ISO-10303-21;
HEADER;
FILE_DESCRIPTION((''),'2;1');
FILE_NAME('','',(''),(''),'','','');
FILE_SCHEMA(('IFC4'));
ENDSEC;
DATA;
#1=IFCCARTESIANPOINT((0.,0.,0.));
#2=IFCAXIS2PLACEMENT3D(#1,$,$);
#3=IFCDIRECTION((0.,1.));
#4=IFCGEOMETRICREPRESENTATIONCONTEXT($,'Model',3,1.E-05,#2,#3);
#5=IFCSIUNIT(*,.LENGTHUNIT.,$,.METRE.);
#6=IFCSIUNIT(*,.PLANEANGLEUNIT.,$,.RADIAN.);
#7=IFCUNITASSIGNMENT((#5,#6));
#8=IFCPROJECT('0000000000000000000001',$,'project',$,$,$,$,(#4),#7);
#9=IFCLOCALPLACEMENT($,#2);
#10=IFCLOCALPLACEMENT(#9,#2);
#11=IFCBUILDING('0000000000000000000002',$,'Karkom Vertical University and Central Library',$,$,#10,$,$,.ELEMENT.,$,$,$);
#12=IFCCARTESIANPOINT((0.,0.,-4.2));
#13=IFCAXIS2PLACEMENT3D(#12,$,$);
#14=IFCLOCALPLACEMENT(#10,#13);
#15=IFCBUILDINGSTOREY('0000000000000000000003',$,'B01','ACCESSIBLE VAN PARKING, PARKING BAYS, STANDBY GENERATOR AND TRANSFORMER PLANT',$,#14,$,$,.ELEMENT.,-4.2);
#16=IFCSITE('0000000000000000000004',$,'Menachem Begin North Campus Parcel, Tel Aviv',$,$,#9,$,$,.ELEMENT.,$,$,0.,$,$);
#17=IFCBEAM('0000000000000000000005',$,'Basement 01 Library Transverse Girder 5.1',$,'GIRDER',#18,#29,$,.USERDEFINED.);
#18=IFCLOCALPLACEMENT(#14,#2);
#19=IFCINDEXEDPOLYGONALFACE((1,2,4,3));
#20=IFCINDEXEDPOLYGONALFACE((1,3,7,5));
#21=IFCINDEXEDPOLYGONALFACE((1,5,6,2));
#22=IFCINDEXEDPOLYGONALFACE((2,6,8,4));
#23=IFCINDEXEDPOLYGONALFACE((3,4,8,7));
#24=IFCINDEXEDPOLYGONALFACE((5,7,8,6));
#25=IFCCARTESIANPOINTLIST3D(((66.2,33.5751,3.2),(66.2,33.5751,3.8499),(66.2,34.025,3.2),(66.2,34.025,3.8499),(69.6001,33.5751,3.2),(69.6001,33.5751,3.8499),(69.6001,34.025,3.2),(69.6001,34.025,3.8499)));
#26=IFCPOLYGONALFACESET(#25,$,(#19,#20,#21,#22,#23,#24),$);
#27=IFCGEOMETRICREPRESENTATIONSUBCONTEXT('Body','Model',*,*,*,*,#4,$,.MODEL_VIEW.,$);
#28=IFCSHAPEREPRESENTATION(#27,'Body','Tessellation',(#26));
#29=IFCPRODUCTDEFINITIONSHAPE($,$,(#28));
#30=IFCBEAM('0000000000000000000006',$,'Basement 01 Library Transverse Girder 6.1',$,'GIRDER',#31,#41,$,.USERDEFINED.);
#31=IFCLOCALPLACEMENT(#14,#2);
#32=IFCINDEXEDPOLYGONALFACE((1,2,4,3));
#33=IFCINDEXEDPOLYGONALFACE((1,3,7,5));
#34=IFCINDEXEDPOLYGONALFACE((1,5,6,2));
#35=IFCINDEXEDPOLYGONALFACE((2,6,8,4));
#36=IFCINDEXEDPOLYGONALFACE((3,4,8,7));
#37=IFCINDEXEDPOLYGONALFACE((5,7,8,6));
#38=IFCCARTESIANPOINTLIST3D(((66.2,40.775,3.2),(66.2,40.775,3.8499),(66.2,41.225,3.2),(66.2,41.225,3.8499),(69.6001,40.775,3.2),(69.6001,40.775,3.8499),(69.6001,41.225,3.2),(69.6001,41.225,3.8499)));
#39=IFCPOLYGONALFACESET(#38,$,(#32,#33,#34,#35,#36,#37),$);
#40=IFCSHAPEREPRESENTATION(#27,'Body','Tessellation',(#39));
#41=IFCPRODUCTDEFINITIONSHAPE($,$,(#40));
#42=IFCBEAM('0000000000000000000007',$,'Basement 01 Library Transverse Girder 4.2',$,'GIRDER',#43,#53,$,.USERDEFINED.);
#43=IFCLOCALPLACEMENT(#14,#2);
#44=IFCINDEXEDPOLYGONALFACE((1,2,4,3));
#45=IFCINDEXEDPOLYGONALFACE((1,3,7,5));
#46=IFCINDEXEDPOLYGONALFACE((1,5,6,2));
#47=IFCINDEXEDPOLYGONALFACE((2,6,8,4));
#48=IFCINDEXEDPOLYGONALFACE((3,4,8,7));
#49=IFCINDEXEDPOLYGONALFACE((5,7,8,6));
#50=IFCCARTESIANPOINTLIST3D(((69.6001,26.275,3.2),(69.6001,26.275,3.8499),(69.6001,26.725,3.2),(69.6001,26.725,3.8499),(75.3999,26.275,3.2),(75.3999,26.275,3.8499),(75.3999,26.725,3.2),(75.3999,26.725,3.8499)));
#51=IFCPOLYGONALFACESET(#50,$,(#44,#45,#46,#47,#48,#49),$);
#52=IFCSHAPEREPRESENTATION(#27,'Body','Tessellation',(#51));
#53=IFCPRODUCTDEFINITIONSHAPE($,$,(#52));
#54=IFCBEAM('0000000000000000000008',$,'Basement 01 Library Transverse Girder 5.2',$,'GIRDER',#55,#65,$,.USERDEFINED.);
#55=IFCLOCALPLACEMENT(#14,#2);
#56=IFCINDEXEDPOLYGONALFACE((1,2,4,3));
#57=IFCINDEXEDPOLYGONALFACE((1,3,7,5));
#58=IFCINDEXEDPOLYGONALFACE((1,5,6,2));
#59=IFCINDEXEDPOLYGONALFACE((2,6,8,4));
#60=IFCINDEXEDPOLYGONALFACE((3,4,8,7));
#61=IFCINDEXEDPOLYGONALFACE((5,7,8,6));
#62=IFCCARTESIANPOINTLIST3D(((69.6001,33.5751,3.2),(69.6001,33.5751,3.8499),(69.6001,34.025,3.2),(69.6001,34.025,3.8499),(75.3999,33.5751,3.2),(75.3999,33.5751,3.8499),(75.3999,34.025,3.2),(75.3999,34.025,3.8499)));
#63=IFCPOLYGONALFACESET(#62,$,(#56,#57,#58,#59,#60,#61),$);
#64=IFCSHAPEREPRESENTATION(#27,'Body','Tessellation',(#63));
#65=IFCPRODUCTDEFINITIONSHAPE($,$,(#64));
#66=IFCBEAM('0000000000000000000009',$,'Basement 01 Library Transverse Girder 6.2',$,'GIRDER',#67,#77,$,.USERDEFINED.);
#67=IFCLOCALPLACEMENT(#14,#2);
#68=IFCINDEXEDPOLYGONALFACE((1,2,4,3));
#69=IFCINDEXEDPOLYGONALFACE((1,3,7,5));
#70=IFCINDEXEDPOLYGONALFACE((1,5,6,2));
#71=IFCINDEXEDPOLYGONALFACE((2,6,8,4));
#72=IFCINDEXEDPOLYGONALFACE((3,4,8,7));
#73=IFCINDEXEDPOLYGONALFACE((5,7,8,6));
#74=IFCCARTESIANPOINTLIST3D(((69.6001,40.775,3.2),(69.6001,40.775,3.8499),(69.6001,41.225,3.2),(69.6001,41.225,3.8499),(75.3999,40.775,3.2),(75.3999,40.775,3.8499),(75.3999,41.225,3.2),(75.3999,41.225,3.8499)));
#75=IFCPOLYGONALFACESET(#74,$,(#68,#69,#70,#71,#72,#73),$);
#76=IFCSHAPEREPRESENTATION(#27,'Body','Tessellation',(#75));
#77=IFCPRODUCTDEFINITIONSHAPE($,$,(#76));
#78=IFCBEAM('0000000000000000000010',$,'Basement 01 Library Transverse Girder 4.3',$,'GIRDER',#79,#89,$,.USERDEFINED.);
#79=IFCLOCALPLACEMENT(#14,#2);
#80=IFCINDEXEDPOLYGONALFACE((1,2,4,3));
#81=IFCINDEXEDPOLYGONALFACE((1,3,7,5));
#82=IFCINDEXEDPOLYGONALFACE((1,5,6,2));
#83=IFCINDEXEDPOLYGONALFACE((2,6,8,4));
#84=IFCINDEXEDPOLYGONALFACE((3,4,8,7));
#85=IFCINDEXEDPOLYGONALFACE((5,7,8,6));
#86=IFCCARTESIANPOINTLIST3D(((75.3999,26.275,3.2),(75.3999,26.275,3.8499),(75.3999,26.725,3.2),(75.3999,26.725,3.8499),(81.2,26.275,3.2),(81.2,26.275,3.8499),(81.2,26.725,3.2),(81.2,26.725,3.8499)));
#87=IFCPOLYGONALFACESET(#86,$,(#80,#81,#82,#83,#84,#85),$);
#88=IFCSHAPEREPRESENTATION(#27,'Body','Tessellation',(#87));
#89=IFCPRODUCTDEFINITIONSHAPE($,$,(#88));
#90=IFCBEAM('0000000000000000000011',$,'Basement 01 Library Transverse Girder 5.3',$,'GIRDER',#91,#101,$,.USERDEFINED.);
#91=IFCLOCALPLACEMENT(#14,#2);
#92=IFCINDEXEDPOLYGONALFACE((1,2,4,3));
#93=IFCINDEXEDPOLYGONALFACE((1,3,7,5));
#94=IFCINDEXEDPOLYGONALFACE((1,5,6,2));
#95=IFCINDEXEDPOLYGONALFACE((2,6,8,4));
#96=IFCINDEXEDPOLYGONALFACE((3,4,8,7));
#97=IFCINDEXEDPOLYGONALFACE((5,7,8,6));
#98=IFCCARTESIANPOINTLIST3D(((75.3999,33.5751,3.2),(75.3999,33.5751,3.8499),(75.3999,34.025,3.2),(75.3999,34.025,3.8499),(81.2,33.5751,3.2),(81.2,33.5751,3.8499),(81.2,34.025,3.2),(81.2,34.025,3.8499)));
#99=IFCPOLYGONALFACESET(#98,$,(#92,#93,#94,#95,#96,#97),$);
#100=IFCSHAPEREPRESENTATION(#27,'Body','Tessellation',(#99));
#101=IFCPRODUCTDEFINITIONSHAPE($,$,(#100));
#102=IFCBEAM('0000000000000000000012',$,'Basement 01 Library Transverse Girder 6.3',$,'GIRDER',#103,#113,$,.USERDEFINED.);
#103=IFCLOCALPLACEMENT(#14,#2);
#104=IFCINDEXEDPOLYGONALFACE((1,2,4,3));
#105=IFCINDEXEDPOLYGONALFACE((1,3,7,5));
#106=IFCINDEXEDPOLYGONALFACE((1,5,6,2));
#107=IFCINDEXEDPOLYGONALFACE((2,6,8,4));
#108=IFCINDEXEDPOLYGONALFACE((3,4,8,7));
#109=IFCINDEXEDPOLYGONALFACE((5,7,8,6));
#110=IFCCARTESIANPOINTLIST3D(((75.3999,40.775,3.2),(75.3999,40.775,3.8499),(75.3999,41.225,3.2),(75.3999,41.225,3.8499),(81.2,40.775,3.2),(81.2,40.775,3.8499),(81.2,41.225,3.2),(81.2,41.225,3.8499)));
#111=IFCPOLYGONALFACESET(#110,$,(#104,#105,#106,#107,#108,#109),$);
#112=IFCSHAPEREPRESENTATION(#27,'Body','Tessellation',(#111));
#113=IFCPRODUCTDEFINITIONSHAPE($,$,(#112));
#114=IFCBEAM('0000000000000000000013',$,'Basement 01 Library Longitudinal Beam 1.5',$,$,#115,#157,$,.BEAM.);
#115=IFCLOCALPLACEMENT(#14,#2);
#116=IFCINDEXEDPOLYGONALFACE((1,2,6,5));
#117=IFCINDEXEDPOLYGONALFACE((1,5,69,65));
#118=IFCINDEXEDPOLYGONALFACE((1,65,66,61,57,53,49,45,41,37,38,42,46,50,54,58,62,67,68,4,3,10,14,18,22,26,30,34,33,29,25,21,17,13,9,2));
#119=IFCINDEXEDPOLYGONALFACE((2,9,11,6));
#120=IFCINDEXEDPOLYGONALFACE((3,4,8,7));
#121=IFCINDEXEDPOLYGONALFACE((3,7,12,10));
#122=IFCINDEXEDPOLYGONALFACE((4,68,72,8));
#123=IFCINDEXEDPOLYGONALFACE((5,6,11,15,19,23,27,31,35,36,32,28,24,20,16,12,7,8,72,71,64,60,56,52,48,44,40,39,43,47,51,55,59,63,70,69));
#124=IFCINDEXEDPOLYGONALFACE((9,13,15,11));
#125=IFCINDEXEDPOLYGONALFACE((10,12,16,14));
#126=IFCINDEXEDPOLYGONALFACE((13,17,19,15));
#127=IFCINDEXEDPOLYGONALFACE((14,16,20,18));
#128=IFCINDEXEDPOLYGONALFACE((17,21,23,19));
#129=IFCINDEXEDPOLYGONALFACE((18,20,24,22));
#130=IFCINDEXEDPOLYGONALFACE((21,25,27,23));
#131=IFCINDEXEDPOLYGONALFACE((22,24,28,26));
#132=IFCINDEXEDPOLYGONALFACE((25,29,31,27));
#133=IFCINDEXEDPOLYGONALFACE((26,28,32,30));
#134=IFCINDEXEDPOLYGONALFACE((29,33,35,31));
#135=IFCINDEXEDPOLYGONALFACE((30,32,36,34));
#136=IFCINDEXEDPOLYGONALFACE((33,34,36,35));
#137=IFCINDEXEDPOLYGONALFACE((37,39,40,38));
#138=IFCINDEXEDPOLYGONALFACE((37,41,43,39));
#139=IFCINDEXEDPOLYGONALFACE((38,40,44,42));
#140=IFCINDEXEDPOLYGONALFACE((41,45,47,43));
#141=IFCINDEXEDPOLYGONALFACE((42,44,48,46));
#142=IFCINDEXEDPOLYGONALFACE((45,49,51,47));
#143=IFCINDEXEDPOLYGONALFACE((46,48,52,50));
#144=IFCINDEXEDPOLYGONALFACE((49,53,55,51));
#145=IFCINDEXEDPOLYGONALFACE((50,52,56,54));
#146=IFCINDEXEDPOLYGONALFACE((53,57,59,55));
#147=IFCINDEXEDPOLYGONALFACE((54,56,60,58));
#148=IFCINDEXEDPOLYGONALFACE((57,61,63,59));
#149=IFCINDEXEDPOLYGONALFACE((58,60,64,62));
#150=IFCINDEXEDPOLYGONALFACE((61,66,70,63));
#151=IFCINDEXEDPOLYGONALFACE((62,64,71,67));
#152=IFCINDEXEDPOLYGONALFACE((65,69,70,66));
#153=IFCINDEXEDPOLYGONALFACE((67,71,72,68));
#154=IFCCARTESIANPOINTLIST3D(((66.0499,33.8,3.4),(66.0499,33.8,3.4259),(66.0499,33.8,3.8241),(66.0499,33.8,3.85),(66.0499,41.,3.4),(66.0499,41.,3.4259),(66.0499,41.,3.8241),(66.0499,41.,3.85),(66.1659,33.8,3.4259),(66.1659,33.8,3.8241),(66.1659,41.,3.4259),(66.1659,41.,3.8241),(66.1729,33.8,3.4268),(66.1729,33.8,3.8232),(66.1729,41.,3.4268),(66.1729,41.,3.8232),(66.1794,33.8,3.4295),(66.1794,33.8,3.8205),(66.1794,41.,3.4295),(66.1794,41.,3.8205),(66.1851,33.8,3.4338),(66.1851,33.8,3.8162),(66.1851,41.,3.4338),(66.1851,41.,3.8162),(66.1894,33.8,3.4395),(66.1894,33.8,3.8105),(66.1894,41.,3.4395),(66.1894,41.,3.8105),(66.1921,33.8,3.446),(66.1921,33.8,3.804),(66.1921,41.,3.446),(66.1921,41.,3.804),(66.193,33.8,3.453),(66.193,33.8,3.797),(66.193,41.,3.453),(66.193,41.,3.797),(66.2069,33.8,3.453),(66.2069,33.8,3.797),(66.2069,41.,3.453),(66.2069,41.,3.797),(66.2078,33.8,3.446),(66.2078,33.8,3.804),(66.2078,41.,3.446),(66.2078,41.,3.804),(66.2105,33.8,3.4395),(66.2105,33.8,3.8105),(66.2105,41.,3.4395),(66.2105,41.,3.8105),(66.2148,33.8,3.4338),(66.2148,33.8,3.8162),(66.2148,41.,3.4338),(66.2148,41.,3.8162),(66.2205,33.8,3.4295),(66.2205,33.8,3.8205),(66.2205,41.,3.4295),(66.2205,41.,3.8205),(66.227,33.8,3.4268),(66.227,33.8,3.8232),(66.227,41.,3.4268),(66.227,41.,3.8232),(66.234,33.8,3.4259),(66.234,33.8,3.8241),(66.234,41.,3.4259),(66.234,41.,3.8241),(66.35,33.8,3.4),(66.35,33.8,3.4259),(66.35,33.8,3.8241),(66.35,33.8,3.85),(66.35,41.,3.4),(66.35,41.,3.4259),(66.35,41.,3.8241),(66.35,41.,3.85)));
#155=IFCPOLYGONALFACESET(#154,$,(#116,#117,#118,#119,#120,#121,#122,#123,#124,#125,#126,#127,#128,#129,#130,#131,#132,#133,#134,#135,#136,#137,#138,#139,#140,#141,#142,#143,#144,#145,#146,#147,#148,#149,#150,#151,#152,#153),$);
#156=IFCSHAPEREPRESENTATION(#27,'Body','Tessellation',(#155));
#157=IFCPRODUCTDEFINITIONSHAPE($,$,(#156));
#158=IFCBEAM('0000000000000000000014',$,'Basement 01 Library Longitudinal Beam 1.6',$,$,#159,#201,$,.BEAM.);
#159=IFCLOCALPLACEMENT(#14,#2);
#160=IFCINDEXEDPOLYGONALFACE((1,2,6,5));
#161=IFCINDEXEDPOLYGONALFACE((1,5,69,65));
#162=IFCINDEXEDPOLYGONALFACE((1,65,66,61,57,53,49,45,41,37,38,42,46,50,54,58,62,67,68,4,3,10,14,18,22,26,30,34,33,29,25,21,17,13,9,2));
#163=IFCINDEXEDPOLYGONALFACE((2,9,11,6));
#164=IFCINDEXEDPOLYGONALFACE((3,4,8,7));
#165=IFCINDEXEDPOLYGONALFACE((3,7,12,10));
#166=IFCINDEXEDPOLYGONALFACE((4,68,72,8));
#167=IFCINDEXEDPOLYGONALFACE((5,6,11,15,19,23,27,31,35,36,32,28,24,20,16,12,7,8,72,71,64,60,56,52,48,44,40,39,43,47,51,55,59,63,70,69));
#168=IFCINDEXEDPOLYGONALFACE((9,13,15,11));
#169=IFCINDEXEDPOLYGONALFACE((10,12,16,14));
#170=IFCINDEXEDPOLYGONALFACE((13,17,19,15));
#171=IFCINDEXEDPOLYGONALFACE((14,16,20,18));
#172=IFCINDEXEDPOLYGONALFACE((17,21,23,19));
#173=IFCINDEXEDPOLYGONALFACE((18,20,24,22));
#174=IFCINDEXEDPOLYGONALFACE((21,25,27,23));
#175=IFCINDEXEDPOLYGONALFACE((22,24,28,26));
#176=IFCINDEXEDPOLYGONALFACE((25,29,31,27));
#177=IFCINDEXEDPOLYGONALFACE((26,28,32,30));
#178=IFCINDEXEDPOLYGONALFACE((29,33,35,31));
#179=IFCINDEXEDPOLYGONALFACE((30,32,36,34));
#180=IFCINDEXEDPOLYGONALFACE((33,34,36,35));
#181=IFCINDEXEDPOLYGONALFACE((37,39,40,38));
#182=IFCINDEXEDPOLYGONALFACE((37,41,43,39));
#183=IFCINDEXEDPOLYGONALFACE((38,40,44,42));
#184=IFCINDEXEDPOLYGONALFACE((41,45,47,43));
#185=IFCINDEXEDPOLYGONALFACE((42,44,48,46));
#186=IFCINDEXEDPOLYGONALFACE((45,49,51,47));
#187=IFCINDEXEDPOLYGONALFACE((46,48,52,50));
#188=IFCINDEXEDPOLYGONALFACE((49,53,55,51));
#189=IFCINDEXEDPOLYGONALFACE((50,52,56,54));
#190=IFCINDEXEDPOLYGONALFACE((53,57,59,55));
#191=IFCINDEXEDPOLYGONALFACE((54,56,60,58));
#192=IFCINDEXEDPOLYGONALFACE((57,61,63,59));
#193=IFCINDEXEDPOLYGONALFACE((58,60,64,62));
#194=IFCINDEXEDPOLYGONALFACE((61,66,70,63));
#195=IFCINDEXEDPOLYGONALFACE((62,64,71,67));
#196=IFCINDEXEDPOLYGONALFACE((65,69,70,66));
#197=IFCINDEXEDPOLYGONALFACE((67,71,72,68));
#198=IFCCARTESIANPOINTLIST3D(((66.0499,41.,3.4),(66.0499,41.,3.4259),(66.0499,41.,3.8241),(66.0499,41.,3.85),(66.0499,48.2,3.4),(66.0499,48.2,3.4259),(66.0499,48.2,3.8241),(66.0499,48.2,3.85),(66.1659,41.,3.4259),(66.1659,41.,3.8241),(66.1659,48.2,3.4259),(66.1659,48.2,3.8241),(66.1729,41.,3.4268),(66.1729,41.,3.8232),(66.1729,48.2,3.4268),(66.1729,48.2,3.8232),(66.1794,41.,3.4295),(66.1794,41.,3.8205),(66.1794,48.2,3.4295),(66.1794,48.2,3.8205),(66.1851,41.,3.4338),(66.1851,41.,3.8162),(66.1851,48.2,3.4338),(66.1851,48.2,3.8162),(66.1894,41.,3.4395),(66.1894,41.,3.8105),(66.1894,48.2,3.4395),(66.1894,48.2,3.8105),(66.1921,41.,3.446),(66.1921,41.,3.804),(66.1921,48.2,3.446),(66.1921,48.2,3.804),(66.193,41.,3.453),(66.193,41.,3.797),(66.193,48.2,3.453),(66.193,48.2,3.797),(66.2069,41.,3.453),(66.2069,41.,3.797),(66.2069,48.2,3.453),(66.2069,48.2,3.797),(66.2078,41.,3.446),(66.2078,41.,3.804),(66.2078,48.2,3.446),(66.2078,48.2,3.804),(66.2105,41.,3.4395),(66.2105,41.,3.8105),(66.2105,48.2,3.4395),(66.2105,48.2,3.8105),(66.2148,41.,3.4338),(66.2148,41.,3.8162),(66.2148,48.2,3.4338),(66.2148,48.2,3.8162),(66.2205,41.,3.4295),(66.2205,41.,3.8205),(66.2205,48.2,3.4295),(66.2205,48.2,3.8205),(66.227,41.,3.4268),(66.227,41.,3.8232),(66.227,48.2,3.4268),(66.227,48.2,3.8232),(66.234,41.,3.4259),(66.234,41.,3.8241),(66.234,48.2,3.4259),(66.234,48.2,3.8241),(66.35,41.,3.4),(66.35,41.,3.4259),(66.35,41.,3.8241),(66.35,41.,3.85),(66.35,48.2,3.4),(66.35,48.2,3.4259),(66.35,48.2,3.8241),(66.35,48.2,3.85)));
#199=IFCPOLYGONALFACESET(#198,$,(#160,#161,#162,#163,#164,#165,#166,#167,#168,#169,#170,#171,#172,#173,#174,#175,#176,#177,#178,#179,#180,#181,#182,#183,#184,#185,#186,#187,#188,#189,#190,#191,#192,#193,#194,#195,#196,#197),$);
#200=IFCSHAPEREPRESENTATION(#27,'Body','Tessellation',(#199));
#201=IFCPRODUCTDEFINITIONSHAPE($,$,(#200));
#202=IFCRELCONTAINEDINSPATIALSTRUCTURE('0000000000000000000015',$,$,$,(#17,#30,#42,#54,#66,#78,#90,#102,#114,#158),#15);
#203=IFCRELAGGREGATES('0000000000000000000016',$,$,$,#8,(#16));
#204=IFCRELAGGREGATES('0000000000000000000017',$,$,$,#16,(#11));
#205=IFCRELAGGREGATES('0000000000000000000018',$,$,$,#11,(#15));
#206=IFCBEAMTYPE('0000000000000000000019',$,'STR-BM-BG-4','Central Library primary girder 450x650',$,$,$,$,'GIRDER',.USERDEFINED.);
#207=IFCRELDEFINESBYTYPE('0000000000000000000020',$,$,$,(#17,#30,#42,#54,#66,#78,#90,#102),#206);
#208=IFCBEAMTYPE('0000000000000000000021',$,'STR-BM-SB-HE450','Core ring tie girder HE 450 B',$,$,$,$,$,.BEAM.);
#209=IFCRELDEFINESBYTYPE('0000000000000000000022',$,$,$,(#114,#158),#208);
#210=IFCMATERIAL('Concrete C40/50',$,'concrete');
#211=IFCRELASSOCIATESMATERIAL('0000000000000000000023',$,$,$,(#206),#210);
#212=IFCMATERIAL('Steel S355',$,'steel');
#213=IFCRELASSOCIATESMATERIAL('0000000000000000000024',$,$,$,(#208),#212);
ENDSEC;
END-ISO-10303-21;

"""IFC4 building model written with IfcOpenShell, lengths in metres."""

from ifc_helpers import new_model, si_unit, direction, frame, origin, origin_with_axes, origin_2d, place, context, subcontext, project, spatial, rectangle, i_section, extrude, source, transform, mapped, material, material_profile, profile_set, type_object, element, save


model = new_model("IFC4")

# Units and contexts
model_context = context("Model", 3, precision=1e-05, world=origin(), true_north=direction((0.0, 1.0)))
body_context = subcontext(model_context, "Body", "Model", "MODEL_VIEW")
ifc_project = project(units=[si_unit("LENGTHUNIT", "METRE"), si_unit("PLANEANGLEUNIT", "RADIAN")], contexts=[model_context])

# Site, building, storey
site_placement = place(None, origin())
site = spatial("IfcSite", under=ifc_project, at=site_placement, Name="Menachem Begin North Campus Parcel, Tel Aviv", CompositionType="ELEMENT", RefElevation=0.0)
building_placement = place(site_placement, origin())
building = spatial("IfcBuilding", under=site, at=building_placement, Name="Karkom Vertical University and Central Library", CompositionType="ELEMENT")
storey_placement = place(building_placement, frame((0.0, 0.0, -4.2)))
storey = spatial("IfcBuildingStorey", under=building, at=storey_placement, Name="B01", Description="ACCESSIBLE VAN PARKING, PARKING BAYS, STANDBY GENERATOR AND TRANSFORMER PLANT", CompositionType="ELEMENT", Elevation=-4.2)

# Shared definitions
ifc_material_1 = material(Name="Concrete C40/50", Category="concrete")

# Beams
ifc_material_profile_1 = material_profile(ifc_material_1, rectangle(XDim=0.45, YDim=0.6499, at=origin_2d()), Name="RCB-450x650")
ifc_profile_set_1 = profile_set([ifc_material_profile_1], Name="Concrete C40/50")
beam_type_1 = type_object("IfcBeamType", Name="STR-BM-BG-4", Description="Central Library primary girder 450x650", ElementType="GIRDER", PredefinedType="USERDEFINED", material=ifc_profile_set_1)
shared_shape_1 = source(origin_with_axes(), body_context, "Body", "SweptSolid", [
    extrude(rectangle(XDim=0.45, YDim=0.6499, at=origin_2d()), origin(), (0.0, 0.0, 1.0), 3.4001),
])
for number, where, z_axis, x_axis, name in (
    (1, (66.2, 33.8, 3.5249), (1.0, 0.0, 0.0), (0.0, 1.0, 0.0), "Basement 01 Library Transverse Girder 5.1"),
    (2, (66.2, 41.0, 3.5249), (1.0, 0.0, 0.0), (0.0, 1.0, 0.0), "Basement 01 Library Transverse Girder 6.1"),
):
    element("IfcBeam", number, at=place(storey_placement, frame(where, z_axis=z_axis, x_axis=x_axis)), inside=storey, type_object=beam_type_1, Name=name, ObjectType="GIRDER", PredefinedType="USERDEFINED", context=body_context, shape_type="MappedRepresentation", body=[
        mapped(shared_shape_1, transform((0.0, 0.0, 0.0), scale=1.0)),
    ])
shared_shape_2 = source(origin_with_axes(), body_context, "Body", "SweptSolid", [
    extrude(rectangle(XDim=0.45, YDim=0.6499, at=origin_2d()), origin(), (0.0, 0.0, 1.0), 5.7998),
])
for number, where, z_axis, x_axis, name in (
    (3, (69.6001, 26.5, 3.5249), (1.0, 0.0, 0.0), (0.0, 1.0, 0.0), "Basement 01 Library Transverse Girder 4.2"),
    (4, (69.6001, 33.8, 3.5249), (1.0, 0.0, 0.0), (0.0, 1.0, 0.0), "Basement 01 Library Transverse Girder 5.2"),
    (5, (69.6001, 41.0, 3.5249), (1.0, 0.0, 0.0), (0.0, 1.0, 0.0), "Basement 01 Library Transverse Girder 6.2"),
):
    element("IfcBeam", number, at=place(storey_placement, frame(where, z_axis=z_axis, x_axis=x_axis)), inside=storey, type_object=beam_type_1, Name=name, ObjectType="GIRDER", PredefinedType="USERDEFINED", context=body_context, shape_type="MappedRepresentation", body=[
        mapped(shared_shape_2, transform((0.0, 0.0, 0.0), scale=1.0)),
    ])
shared_shape_3 = source(origin_with_axes(), body_context, "Body", "SweptSolid", [
    extrude(rectangle(XDim=0.45, YDim=0.6499, at=origin_2d()), origin(), (0.0, 0.0, 1.0), 5.8),
])
for number, where, z_axis, x_axis, name in (
    (6, (75.3999, 26.5, 3.5249), (1.0, 0.0, 0.0), (0.0, 1.0, 0.0), "Basement 01 Library Transverse Girder 4.3"),
    (7, (75.3999, 33.8, 3.5249), (1.0, 0.0, 0.0), (0.0, 1.0, 0.0), "Basement 01 Library Transverse Girder 5.3"),
    (8, (75.3999, 41.0, 3.5249), (1.0, 0.0, 0.0), (0.0, 1.0, 0.0), "Basement 01 Library Transverse Girder 6.3"),
):
    element("IfcBeam", number, at=place(storey_placement, frame(where, z_axis=z_axis, x_axis=x_axis)), inside=storey, type_object=beam_type_1, Name=name, ObjectType="GIRDER", PredefinedType="USERDEFINED", context=body_context, shape_type="MappedRepresentation", body=[
        mapped(shared_shape_3, transform((0.0, 0.0, 0.0), scale=1.0)),
    ])
ifc_material_2 = material(Name="Steel S355", Category="steel")
ifc_material_profile_2 = material_profile(ifc_material_2, i_section(OverallWidth=0.3, OverallDepth=0.45, WebThickness=0.0139, FlangeThickness=0.0259, FilletRadius=0.0271, at=origin_2d()), Name="HE 450 B")
ifc_profile_set_2 = profile_set([ifc_material_profile_2], Name="Steel S355")
beam_type_2 = type_object("IfcBeamType", Name="STR-BM-SB-HE450", Description="Core ring tie girder HE 450 B", PredefinedType="BEAM", material=ifc_profile_set_2)
shared_shape_4 = source(origin_with_axes(), body_context, "Body", "SweptSolid", [
    extrude(i_section(OverallWidth=0.3, OverallDepth=0.45, WebThickness=0.0139, FlangeThickness=0.0259, FilletRadius=0.0271, at=origin_2d()), origin(), (0.0, 0.0, 1.0), 7.2),
])
for number, where, z_axis, x_axis, name in (
    (9, (66.2, 33.8, 3.625), (0.0, 1.0, 0.0), (-1.0, 0.0, 0.0), "Basement 01 Library Longitudinal Beam 1.5"),
    (10, (66.2, 41.0, 3.625), (0.0, 1.0, 0.0), (-1.0, 0.0, 0.0), "Basement 01 Library Longitudinal Beam 1.6"),
):
    element("IfcBeam", number, at=place(storey_placement, frame(where, z_axis=z_axis, x_axis=x_axis)), inside=storey, type_object=beam_type_2, Name=name, PredefinedType="BEAM", context=body_context, shape_type="MappedRepresentation", body=[
        mapped(shared_shape_4, transform((0.0, 0.0, 0.0), scale=1.0)),
    ])

save(model, "model.ifc")
